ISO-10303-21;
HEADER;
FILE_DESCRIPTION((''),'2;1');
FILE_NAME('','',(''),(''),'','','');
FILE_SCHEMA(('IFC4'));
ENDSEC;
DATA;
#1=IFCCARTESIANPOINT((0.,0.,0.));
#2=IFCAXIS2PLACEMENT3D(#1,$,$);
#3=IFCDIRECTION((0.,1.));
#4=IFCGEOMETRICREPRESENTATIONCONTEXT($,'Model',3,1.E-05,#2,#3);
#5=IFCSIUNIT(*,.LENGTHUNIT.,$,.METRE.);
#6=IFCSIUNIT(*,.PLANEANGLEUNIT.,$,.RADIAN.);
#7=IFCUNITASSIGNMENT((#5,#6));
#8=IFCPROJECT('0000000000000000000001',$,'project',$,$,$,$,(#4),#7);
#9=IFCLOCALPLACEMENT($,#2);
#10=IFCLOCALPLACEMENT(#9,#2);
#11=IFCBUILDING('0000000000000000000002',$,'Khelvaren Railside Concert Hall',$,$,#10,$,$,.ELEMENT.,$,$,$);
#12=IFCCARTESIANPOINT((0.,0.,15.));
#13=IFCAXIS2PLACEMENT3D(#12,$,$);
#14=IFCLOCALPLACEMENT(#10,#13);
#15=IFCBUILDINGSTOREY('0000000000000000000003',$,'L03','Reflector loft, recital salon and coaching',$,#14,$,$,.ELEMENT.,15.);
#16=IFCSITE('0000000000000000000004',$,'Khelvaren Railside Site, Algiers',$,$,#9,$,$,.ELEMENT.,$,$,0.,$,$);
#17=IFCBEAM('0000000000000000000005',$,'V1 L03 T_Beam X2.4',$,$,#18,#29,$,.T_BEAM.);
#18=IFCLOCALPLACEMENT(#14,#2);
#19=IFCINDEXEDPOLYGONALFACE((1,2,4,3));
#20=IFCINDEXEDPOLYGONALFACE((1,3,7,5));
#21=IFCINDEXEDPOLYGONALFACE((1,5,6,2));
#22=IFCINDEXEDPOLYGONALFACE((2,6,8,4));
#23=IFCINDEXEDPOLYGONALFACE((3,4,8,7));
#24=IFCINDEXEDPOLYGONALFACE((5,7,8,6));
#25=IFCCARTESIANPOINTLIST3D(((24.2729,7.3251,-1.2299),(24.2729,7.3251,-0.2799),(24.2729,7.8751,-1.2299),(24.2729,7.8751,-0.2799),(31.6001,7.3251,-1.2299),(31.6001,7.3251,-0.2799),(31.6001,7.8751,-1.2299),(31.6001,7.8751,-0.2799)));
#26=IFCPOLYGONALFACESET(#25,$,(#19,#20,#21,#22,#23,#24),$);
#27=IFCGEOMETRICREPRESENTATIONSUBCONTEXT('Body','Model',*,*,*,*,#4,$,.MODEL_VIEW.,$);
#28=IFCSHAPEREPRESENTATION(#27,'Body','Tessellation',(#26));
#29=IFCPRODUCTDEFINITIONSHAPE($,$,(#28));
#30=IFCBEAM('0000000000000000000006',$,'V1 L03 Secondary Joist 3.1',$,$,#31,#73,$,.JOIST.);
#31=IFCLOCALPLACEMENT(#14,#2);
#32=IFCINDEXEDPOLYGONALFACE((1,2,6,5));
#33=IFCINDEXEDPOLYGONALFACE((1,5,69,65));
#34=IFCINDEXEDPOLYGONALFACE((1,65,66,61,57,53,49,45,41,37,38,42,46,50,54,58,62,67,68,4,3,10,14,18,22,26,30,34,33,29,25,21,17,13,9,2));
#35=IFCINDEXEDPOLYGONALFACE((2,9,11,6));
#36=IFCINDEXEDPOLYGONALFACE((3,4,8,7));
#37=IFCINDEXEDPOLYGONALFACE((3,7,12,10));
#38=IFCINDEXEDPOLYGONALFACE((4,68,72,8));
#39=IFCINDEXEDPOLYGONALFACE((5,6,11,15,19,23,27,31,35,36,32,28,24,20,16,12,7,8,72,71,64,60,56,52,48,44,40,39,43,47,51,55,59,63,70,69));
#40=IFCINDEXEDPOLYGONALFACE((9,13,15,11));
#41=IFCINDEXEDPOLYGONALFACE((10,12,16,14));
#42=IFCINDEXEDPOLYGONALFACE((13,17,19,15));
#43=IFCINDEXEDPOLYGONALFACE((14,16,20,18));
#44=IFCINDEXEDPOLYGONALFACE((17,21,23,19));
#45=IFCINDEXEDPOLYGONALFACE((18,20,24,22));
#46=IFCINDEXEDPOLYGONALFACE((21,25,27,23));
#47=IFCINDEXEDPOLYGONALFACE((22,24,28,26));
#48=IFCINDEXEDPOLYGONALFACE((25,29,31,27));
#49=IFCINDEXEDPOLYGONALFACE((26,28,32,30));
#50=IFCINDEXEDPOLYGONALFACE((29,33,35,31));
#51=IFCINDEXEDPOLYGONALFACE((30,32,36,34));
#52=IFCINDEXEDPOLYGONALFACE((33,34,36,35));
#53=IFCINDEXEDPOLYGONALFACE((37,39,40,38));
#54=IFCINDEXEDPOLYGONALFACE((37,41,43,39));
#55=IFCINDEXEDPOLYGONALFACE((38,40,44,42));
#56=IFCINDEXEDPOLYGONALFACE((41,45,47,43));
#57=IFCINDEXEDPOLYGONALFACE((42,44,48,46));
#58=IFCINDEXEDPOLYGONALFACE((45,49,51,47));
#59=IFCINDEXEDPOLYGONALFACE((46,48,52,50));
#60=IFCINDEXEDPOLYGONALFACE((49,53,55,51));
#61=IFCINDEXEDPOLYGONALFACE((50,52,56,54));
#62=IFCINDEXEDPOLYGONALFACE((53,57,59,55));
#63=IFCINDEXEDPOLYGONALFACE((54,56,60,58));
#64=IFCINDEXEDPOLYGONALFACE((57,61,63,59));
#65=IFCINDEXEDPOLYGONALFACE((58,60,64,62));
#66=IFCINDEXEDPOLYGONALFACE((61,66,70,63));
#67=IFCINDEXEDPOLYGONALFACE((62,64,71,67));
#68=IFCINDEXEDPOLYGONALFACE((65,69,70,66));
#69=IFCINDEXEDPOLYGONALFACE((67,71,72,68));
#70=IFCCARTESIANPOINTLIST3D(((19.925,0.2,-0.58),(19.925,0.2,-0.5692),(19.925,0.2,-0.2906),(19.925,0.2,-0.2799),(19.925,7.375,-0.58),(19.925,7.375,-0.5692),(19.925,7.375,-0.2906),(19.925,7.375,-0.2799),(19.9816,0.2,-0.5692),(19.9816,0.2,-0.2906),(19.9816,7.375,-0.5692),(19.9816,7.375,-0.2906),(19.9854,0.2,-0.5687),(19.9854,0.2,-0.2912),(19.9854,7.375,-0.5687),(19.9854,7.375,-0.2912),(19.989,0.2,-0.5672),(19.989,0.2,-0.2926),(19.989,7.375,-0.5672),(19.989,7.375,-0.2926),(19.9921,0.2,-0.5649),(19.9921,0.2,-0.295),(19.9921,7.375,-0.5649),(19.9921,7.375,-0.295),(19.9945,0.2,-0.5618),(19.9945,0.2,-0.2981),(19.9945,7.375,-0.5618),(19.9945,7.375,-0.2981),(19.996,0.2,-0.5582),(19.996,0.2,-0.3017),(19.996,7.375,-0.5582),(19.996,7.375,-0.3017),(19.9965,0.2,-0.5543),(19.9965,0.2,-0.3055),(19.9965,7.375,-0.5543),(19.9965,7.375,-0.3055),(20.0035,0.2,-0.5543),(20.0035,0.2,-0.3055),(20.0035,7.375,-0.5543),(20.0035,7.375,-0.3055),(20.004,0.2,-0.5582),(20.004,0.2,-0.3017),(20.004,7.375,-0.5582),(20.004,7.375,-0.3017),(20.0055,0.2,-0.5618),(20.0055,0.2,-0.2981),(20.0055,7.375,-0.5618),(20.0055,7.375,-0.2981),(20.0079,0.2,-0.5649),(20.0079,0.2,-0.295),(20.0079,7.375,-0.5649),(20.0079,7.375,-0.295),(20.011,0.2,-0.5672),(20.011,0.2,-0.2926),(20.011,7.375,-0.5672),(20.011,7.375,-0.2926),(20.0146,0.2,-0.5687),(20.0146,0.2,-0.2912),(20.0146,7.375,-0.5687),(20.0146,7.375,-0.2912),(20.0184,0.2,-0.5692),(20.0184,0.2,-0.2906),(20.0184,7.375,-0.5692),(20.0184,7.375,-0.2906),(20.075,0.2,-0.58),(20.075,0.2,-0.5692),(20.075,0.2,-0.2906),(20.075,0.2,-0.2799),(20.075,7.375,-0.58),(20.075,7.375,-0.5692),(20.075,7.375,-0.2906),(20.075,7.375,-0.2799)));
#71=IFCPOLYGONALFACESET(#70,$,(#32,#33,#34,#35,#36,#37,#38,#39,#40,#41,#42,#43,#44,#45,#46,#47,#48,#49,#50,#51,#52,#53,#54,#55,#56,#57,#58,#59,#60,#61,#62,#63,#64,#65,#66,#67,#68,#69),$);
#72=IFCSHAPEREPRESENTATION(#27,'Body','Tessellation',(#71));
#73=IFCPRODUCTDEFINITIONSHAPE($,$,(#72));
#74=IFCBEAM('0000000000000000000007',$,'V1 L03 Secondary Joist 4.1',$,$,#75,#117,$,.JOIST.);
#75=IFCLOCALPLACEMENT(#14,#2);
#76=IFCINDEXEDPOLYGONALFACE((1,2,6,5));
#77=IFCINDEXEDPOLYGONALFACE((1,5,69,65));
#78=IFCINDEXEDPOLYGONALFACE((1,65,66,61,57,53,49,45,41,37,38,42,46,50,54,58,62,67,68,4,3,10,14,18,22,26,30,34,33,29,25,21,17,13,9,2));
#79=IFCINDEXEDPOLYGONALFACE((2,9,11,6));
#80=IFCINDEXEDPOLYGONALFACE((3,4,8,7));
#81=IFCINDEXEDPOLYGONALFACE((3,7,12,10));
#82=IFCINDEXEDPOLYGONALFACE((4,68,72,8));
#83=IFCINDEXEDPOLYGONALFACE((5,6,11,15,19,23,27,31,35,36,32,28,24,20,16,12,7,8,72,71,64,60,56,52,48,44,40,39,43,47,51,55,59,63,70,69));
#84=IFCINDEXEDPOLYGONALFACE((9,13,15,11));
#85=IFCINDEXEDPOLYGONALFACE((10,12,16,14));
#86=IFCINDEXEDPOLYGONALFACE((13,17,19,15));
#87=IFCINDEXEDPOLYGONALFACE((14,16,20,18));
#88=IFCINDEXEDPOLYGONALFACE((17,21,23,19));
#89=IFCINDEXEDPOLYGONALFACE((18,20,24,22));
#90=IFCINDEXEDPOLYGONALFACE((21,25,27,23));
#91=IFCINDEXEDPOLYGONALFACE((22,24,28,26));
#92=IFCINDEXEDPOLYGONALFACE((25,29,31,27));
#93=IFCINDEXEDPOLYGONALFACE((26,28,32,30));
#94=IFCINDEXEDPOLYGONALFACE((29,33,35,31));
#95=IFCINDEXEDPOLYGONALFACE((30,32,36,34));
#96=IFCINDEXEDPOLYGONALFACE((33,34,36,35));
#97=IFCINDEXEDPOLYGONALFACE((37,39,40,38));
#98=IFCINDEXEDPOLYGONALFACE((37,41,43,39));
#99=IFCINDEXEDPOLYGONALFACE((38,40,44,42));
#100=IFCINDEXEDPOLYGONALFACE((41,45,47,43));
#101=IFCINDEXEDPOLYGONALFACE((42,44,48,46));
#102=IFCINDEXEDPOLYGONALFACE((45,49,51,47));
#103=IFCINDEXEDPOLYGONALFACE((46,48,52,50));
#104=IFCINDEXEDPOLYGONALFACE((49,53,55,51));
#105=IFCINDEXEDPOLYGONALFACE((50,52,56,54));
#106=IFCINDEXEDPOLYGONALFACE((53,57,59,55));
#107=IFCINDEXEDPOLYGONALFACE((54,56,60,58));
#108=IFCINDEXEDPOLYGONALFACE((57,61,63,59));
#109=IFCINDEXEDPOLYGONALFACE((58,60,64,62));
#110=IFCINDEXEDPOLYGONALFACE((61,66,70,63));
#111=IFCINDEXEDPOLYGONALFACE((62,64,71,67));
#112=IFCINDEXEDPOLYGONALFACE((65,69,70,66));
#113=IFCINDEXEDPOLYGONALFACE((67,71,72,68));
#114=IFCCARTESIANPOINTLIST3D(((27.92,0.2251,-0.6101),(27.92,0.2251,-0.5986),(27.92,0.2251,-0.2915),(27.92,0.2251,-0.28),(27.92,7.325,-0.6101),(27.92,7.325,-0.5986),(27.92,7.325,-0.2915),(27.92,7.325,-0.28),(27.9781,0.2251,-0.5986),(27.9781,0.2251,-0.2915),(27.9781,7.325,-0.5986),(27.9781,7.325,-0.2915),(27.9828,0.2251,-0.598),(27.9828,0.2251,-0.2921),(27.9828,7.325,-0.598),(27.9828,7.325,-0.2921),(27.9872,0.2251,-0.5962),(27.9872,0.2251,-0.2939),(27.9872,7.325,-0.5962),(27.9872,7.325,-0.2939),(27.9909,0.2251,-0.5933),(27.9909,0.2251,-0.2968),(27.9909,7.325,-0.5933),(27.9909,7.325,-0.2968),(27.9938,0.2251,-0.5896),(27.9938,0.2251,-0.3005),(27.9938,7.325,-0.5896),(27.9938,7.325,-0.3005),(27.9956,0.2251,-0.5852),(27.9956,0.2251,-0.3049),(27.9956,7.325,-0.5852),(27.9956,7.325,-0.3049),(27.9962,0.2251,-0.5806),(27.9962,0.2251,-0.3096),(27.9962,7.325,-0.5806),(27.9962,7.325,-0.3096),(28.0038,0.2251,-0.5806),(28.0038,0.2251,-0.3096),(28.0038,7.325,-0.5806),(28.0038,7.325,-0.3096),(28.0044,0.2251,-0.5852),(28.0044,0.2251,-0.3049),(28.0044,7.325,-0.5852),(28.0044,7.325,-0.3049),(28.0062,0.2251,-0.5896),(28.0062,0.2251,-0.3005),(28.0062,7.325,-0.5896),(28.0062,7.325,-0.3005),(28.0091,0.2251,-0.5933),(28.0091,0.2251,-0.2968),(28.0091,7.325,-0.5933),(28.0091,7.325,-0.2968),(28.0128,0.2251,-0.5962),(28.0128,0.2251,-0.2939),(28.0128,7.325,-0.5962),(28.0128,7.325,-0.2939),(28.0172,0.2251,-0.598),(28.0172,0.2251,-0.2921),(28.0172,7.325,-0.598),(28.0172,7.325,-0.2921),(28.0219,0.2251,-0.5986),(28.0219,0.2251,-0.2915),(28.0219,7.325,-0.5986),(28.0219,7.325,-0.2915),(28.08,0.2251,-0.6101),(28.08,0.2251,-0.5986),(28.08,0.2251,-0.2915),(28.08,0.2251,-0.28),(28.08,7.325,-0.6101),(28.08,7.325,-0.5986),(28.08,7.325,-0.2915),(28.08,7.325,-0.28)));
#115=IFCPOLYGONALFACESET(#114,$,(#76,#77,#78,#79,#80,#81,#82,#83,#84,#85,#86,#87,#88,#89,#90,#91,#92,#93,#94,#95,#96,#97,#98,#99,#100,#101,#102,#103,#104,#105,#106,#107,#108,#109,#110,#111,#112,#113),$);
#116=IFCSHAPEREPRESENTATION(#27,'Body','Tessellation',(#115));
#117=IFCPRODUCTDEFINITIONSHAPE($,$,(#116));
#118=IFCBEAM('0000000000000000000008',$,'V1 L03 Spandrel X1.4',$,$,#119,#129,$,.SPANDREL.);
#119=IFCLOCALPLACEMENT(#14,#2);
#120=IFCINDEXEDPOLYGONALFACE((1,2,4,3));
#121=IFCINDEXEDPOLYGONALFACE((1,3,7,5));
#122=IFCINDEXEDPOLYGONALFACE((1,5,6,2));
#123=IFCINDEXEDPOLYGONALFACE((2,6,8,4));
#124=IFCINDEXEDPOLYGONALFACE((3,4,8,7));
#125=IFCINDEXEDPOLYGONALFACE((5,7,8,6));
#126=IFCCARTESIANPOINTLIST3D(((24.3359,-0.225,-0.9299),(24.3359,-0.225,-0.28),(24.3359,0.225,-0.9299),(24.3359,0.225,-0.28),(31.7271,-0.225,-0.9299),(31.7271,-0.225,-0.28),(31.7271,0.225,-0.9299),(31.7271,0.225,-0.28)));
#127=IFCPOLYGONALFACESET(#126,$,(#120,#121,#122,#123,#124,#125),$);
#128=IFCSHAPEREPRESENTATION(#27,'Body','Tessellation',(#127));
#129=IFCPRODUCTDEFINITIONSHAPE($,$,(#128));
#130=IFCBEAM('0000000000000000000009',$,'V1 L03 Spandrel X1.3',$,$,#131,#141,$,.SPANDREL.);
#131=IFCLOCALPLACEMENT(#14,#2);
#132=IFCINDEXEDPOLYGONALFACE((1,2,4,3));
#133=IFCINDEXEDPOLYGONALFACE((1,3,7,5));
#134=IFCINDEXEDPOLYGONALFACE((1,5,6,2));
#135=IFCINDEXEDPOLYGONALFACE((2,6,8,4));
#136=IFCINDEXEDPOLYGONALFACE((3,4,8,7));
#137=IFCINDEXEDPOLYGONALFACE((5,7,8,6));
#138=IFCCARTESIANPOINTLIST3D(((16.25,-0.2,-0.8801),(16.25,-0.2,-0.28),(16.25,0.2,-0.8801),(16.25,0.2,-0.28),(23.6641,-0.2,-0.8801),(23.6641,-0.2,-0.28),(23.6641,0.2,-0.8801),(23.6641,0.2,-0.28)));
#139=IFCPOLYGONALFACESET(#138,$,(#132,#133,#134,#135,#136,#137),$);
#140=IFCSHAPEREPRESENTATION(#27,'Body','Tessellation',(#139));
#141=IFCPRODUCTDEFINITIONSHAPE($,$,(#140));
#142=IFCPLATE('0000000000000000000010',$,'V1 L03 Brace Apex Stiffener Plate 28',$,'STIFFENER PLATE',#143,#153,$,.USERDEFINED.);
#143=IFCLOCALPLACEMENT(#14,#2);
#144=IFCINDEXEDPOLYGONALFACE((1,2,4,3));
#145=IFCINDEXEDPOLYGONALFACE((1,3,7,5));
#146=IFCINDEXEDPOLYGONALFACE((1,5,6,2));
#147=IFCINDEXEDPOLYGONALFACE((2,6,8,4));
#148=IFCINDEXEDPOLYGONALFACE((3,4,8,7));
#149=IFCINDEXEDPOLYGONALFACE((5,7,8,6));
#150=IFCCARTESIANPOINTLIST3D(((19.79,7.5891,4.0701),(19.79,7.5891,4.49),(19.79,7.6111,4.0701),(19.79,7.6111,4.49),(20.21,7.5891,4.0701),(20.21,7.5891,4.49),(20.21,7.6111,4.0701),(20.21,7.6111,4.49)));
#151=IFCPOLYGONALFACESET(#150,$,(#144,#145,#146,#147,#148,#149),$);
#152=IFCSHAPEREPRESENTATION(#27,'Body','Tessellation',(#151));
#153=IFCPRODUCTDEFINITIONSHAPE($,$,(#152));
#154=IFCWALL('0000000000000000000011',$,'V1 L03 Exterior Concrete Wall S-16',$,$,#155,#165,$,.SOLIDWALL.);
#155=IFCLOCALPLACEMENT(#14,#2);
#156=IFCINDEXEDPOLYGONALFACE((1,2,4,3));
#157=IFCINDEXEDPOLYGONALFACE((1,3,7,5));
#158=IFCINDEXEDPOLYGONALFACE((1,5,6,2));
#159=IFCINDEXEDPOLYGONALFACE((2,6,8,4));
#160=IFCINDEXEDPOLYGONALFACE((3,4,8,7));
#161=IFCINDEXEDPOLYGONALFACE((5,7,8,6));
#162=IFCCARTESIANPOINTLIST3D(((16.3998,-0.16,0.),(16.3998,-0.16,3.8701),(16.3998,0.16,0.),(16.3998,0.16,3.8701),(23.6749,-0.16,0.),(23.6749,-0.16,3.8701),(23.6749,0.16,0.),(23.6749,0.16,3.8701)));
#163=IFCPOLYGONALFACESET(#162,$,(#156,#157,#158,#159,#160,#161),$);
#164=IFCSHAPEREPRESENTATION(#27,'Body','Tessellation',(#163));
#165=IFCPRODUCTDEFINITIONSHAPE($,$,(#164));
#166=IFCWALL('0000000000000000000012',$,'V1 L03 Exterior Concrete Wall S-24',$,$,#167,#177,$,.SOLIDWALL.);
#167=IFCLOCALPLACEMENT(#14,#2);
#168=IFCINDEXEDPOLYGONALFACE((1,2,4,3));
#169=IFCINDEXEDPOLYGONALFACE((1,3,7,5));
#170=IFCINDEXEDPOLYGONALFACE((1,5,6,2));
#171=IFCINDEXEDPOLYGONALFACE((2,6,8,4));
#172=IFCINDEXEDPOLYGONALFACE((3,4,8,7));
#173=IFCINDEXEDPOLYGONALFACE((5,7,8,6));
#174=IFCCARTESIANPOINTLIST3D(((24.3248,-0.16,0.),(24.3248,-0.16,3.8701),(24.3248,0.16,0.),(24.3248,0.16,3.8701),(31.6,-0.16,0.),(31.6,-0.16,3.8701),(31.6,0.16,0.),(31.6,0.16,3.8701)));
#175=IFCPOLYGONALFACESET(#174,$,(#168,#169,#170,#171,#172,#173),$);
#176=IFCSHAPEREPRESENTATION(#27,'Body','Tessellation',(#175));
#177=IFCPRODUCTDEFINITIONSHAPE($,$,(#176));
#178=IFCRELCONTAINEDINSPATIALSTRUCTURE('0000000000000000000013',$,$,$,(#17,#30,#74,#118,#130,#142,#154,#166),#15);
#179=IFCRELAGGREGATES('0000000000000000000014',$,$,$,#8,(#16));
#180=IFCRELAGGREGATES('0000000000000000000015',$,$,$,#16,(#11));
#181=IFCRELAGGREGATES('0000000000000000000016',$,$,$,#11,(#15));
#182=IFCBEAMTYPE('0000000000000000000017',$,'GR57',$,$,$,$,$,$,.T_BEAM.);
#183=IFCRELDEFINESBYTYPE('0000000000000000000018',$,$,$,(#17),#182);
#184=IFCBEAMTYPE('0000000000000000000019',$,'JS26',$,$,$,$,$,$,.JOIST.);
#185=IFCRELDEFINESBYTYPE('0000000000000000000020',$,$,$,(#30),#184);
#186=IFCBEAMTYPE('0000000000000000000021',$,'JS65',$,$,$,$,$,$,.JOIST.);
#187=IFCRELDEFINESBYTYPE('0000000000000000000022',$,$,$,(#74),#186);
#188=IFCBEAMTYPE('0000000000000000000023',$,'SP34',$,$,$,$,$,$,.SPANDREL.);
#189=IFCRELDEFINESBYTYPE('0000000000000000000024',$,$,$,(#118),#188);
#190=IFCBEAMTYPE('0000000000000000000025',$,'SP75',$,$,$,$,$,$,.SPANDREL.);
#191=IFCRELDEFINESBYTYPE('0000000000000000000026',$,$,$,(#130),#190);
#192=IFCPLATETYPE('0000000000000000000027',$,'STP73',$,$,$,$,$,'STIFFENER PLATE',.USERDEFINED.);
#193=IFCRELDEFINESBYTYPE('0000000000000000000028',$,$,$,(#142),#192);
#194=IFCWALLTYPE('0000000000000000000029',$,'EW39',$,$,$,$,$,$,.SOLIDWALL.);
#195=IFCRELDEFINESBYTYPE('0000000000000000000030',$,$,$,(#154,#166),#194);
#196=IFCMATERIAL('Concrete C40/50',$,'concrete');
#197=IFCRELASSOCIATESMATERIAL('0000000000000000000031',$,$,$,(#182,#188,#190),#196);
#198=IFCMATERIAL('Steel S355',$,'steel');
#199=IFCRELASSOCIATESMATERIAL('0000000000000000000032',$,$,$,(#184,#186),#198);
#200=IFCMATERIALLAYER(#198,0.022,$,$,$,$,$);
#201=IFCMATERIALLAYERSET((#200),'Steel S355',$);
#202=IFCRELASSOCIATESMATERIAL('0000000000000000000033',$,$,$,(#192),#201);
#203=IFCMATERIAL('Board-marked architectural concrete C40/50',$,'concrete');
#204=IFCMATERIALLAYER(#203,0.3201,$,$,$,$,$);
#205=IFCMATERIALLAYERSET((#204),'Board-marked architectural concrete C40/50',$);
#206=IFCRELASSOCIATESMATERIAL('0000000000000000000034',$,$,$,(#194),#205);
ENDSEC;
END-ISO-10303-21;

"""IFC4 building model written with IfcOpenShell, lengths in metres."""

from ifc_helpers import new_model, si_unit, direction, frame, frame_2d, origin, origin_2d, place, context, subcontext, project, spatial, rectangle, i_section, extrude, material, layer, layer_set, material_profile, profile_set, type_object, element, save


model = new_model("IFC4")

# Units and contexts
model_context = context("Model", 3, precision=1e-05, world=origin(), true_north=direction((0.0, 1.0)))
body_context = subcontext(model_context, "Body", "Model", "MODEL_VIEW")
ifc_project = project(units=[si_unit("LENGTHUNIT", "METRE"), si_unit("PLANEANGLEUNIT", "RADIAN")], contexts=[model_context])

# Site, building, storey
site_placement = place(None, origin())
site = spatial("IfcSite", under=ifc_project, at=site_placement, Name="Khelvaren Railside Site, Algiers", CompositionType="ELEMENT", RefElevation=0.0)
building_placement = place(site_placement, origin())
building = spatial("IfcBuilding", under=site, at=building_placement, Name="Khelvaren Railside Concert Hall", CompositionType="ELEMENT")
storey_placement = place(building_placement, frame((0.0, 0.0, 15.0)))
storey = spatial("IfcBuildingStorey", under=building, at=storey_placement, Name="L03", Description="Reflector loft, recital salon and coaching", CompositionType="ELEMENT", Elevation=15.0)

# Shared definitions
ifc_material_1 = material(Name="Concrete C40/50", Category="concrete")
ifc_material_2 = material(Name="Steel S355", Category="steel")

# Beams
ifc_material_profile_1 = material_profile(ifc_material_1, rectangle(XDim=0.55, YDim=0.95, at=origin_2d()), Name="RCB 550x950")
ifc_profile_set_1 = profile_set([ifc_material_profile_1], Name="Concrete C40/50")
beam_type_1 = type_object("IfcBeamType", Name="GR57", PredefinedType="T_BEAM", material=ifc_profile_set_1)
beam_1_placement = place(storey_placement, frame((24.2729, 7.6001, -0.7549), z_axis=(1.0, 0.0, 0.0), x_axis=(0.0, 1.0, 0.0)))
element("IfcBeam", 1, at=beam_1_placement, inside=storey, type_object=beam_type_1, Name="V1 L03 T_Beam X2.4", PredefinedType="T_BEAM", context=body_context, shape_type="SweptSolid", body=[
    extrude(rectangle(XDim=0.55, YDim=0.95, at=origin_2d()), origin(), (0.0, 0.0, 1.0), 7.3271),
])
ifc_material_profile_2 = material_profile(ifc_material_2, i_section(OverallWidth=0.1499, OverallDepth=0.3, WebThickness=0.0071, FlangeThickness=0.0107, FilletRadius=0.0149, at=origin_2d()), Name="IPE 300")
ifc_profile_set_2 = profile_set([ifc_material_profile_2], Name="Steel S355")
beam_type_2 = type_object("IfcBeamType", Name="JS26", PredefinedType="JOIST", material=ifc_profile_set_2)
beam_2_placement = place(storey_placement, frame((20.0, 0.2, -0.4299), z_axis=(0.0, 1.0, 0.0), x_axis=(-1.0, 0.0, 0.0)))
element("IfcBeam", 2, at=beam_2_placement, inside=storey, type_object=beam_type_2, Name="V1 L03 Secondary Joist 3.1", PredefinedType="JOIST", context=body_context, shape_type="SweptSolid", body=[
    extrude(i_section(OverallWidth=0.1499, OverallDepth=0.3, WebThickness=0.0071, FlangeThickness=0.0107, FilletRadius=0.0149, at=origin_2d()), origin(), (0.0, 0.0, 1.0), 7.175),
])
ifc_material_profile_3 = material_profile(ifc_material_2, i_section(OverallWidth=0.1599, OverallDepth=0.3301, WebThickness=0.0076, FlangeThickness=0.0115, FilletRadius=0.0181, at=origin_2d()), Name="IPE 330")
ifc_profile_set_3 = profile_set([ifc_material_profile_3], Name="Steel S355")
beam_type_3 = type_object("IfcBeamType", Name="JS65", PredefinedType="JOIST", material=ifc_profile_set_3)
beam_3_placement = place(storey_placement, frame((28.0, 0.2251, -0.4451), z_axis=(0.0, 1.0, 0.0), x_axis=(-1.0, 0.0, 0.0)))
element("IfcBeam", 3, at=beam_3_placement, inside=storey, type_object=beam_type_3, Name="V1 L03 Secondary Joist 4.1", PredefinedType="JOIST", context=body_context, shape_type="SweptSolid", body=[
    extrude(i_section(OverallWidth=0.1599, OverallDepth=0.3301, WebThickness=0.0076, FlangeThickness=0.0115, FilletRadius=0.0181, at=origin_2d()), origin(), (0.0, 0.0, 1.0), 7.0999),
])
ifc_material_profile_4 = material_profile(ifc_material_1, rectangle(XDim=0.45, YDim=0.6499, at=origin_2d()), Name="RCB 450x650")
ifc_profile_set_4 = profile_set([ifc_material_profile_4], Name="Concrete C40/50")
beam_type_4 = type_object("IfcBeamType", Name="SP34", PredefinedType="SPANDREL", material=ifc_profile_set_4)
beam_4_placement = place(storey_placement, frame((24.3359, 0.0, -0.605), z_axis=(1.0, 0.0, 0.0), x_axis=(0.0, 1.0, 0.0)))
element("IfcBeam", 4, at=beam_4_placement, inside=storey, type_object=beam_type_4, Name="V1 L03 Spandrel X1.4", PredefinedType="SPANDREL", context=body_context, shape_type="SweptSolid", body=[
    extrude(rectangle(XDim=0.45, YDim=0.6499, at=origin_2d()), origin(), (0.0, 0.0, 1.0), 7.3911),
])
ifc_material_profile_5 = material_profile(ifc_material_1, rectangle(XDim=0.3999, YDim=0.6001, at=origin_2d()), Name="RCB 400x600")
ifc_profile_set_5 = profile_set([ifc_material_profile_5], Name="Concrete C40/50")
beam_type_5 = type_object("IfcBeamType", Name="SP75", PredefinedType="SPANDREL", material=ifc_profile_set_5)
beam_5_placement = place(storey_placement, frame((16.25, 0.0, -0.5801), z_axis=(1.0, 0.0, 0.0), x_axis=(0.0, 1.0, 0.0)))
element("IfcBeam", 5, at=beam_5_placement, inside=storey, type_object=beam_type_5, Name="V1 L03 Spandrel X1.3", PredefinedType="SPANDREL", context=body_context, shape_type="SweptSolid", body=[
    extrude(rectangle(XDim=0.3999, YDim=0.6001, at=origin_2d()), origin(), (0.0, 0.0, 1.0), 7.4141),
])

# Plate
ifc_layer_1 = layer(ifc_material_2, 0.022)
ifc_layer_set_1 = layer_set([ifc_layer_1], Name="Steel S355")
plate_type = type_object("IfcPlateType", Name="STP73", ElementType="STIFFENER PLATE", PredefinedType="USERDEFINED", material=ifc_layer_set_1)
plate_placement = place(storey_placement, frame((20.0, 7.6001, 4.0701), z_axis=(0.0, 0.0, 1.0), x_axis=(1.0, 0.0, 0.0)))
element("IfcPlate", 6, at=plate_placement, inside=storey, type_object=plate_type, Name="V1 L03 Brace Apex Stiffener Plate 28", ObjectType="STIFFENER PLATE", PredefinedType="USERDEFINED", context=body_context, shape_type="SweptSolid", body=[
    extrude(rectangle(XDim=0.4199, YDim=0.022, at=origin_2d()), origin(), (0.0, 0.0, 1.0), 0.4199),
])

# Walls
ifc_material_3 = material(Name="Board-marked architectural concrete C40/50", Category="concrete")
ifc_layer_2 = layer(ifc_material_3, 0.3201)
ifc_layer_set_2 = layer_set([ifc_layer_2], Name="Board-marked architectural concrete C40/50")
wall_type_1 = type_object("IfcWallType", Name="EW39", PredefinedType="SOLIDWALL", material=ifc_layer_set_2)
for number, where, z_axis, x_axis, name in (
    (7, (23.675, 0.0, 0.0), (0.0, 0.0, 1.0), (-1.0, 0.0, 0.0), "V1 L03 Exterior Concrete Wall S-16"),
    (8, (31.6001, 0.0, 0.0), (0.0, 0.0, 1.0), (-1.0, 0.0, 0.0), "V1 L03 Exterior Concrete Wall S-24"),
):
    element("IfcWall", number, at=place(storey_placement, frame(where, z_axis=z_axis, x_axis=x_axis)), inside=storey, type_object=wall_type_1, Name=name, PredefinedType="SOLIDWALL", context=body_context, shape_type="SweptSolid", body=[
        extrude(rectangle(XDim=7.2751, YDim=0.3201, at=frame_2d((3.6377, 0.0))), origin(), (0.0, 0.0, 1.0), 3.8701),
    ])

save(model, "model.ifc")
